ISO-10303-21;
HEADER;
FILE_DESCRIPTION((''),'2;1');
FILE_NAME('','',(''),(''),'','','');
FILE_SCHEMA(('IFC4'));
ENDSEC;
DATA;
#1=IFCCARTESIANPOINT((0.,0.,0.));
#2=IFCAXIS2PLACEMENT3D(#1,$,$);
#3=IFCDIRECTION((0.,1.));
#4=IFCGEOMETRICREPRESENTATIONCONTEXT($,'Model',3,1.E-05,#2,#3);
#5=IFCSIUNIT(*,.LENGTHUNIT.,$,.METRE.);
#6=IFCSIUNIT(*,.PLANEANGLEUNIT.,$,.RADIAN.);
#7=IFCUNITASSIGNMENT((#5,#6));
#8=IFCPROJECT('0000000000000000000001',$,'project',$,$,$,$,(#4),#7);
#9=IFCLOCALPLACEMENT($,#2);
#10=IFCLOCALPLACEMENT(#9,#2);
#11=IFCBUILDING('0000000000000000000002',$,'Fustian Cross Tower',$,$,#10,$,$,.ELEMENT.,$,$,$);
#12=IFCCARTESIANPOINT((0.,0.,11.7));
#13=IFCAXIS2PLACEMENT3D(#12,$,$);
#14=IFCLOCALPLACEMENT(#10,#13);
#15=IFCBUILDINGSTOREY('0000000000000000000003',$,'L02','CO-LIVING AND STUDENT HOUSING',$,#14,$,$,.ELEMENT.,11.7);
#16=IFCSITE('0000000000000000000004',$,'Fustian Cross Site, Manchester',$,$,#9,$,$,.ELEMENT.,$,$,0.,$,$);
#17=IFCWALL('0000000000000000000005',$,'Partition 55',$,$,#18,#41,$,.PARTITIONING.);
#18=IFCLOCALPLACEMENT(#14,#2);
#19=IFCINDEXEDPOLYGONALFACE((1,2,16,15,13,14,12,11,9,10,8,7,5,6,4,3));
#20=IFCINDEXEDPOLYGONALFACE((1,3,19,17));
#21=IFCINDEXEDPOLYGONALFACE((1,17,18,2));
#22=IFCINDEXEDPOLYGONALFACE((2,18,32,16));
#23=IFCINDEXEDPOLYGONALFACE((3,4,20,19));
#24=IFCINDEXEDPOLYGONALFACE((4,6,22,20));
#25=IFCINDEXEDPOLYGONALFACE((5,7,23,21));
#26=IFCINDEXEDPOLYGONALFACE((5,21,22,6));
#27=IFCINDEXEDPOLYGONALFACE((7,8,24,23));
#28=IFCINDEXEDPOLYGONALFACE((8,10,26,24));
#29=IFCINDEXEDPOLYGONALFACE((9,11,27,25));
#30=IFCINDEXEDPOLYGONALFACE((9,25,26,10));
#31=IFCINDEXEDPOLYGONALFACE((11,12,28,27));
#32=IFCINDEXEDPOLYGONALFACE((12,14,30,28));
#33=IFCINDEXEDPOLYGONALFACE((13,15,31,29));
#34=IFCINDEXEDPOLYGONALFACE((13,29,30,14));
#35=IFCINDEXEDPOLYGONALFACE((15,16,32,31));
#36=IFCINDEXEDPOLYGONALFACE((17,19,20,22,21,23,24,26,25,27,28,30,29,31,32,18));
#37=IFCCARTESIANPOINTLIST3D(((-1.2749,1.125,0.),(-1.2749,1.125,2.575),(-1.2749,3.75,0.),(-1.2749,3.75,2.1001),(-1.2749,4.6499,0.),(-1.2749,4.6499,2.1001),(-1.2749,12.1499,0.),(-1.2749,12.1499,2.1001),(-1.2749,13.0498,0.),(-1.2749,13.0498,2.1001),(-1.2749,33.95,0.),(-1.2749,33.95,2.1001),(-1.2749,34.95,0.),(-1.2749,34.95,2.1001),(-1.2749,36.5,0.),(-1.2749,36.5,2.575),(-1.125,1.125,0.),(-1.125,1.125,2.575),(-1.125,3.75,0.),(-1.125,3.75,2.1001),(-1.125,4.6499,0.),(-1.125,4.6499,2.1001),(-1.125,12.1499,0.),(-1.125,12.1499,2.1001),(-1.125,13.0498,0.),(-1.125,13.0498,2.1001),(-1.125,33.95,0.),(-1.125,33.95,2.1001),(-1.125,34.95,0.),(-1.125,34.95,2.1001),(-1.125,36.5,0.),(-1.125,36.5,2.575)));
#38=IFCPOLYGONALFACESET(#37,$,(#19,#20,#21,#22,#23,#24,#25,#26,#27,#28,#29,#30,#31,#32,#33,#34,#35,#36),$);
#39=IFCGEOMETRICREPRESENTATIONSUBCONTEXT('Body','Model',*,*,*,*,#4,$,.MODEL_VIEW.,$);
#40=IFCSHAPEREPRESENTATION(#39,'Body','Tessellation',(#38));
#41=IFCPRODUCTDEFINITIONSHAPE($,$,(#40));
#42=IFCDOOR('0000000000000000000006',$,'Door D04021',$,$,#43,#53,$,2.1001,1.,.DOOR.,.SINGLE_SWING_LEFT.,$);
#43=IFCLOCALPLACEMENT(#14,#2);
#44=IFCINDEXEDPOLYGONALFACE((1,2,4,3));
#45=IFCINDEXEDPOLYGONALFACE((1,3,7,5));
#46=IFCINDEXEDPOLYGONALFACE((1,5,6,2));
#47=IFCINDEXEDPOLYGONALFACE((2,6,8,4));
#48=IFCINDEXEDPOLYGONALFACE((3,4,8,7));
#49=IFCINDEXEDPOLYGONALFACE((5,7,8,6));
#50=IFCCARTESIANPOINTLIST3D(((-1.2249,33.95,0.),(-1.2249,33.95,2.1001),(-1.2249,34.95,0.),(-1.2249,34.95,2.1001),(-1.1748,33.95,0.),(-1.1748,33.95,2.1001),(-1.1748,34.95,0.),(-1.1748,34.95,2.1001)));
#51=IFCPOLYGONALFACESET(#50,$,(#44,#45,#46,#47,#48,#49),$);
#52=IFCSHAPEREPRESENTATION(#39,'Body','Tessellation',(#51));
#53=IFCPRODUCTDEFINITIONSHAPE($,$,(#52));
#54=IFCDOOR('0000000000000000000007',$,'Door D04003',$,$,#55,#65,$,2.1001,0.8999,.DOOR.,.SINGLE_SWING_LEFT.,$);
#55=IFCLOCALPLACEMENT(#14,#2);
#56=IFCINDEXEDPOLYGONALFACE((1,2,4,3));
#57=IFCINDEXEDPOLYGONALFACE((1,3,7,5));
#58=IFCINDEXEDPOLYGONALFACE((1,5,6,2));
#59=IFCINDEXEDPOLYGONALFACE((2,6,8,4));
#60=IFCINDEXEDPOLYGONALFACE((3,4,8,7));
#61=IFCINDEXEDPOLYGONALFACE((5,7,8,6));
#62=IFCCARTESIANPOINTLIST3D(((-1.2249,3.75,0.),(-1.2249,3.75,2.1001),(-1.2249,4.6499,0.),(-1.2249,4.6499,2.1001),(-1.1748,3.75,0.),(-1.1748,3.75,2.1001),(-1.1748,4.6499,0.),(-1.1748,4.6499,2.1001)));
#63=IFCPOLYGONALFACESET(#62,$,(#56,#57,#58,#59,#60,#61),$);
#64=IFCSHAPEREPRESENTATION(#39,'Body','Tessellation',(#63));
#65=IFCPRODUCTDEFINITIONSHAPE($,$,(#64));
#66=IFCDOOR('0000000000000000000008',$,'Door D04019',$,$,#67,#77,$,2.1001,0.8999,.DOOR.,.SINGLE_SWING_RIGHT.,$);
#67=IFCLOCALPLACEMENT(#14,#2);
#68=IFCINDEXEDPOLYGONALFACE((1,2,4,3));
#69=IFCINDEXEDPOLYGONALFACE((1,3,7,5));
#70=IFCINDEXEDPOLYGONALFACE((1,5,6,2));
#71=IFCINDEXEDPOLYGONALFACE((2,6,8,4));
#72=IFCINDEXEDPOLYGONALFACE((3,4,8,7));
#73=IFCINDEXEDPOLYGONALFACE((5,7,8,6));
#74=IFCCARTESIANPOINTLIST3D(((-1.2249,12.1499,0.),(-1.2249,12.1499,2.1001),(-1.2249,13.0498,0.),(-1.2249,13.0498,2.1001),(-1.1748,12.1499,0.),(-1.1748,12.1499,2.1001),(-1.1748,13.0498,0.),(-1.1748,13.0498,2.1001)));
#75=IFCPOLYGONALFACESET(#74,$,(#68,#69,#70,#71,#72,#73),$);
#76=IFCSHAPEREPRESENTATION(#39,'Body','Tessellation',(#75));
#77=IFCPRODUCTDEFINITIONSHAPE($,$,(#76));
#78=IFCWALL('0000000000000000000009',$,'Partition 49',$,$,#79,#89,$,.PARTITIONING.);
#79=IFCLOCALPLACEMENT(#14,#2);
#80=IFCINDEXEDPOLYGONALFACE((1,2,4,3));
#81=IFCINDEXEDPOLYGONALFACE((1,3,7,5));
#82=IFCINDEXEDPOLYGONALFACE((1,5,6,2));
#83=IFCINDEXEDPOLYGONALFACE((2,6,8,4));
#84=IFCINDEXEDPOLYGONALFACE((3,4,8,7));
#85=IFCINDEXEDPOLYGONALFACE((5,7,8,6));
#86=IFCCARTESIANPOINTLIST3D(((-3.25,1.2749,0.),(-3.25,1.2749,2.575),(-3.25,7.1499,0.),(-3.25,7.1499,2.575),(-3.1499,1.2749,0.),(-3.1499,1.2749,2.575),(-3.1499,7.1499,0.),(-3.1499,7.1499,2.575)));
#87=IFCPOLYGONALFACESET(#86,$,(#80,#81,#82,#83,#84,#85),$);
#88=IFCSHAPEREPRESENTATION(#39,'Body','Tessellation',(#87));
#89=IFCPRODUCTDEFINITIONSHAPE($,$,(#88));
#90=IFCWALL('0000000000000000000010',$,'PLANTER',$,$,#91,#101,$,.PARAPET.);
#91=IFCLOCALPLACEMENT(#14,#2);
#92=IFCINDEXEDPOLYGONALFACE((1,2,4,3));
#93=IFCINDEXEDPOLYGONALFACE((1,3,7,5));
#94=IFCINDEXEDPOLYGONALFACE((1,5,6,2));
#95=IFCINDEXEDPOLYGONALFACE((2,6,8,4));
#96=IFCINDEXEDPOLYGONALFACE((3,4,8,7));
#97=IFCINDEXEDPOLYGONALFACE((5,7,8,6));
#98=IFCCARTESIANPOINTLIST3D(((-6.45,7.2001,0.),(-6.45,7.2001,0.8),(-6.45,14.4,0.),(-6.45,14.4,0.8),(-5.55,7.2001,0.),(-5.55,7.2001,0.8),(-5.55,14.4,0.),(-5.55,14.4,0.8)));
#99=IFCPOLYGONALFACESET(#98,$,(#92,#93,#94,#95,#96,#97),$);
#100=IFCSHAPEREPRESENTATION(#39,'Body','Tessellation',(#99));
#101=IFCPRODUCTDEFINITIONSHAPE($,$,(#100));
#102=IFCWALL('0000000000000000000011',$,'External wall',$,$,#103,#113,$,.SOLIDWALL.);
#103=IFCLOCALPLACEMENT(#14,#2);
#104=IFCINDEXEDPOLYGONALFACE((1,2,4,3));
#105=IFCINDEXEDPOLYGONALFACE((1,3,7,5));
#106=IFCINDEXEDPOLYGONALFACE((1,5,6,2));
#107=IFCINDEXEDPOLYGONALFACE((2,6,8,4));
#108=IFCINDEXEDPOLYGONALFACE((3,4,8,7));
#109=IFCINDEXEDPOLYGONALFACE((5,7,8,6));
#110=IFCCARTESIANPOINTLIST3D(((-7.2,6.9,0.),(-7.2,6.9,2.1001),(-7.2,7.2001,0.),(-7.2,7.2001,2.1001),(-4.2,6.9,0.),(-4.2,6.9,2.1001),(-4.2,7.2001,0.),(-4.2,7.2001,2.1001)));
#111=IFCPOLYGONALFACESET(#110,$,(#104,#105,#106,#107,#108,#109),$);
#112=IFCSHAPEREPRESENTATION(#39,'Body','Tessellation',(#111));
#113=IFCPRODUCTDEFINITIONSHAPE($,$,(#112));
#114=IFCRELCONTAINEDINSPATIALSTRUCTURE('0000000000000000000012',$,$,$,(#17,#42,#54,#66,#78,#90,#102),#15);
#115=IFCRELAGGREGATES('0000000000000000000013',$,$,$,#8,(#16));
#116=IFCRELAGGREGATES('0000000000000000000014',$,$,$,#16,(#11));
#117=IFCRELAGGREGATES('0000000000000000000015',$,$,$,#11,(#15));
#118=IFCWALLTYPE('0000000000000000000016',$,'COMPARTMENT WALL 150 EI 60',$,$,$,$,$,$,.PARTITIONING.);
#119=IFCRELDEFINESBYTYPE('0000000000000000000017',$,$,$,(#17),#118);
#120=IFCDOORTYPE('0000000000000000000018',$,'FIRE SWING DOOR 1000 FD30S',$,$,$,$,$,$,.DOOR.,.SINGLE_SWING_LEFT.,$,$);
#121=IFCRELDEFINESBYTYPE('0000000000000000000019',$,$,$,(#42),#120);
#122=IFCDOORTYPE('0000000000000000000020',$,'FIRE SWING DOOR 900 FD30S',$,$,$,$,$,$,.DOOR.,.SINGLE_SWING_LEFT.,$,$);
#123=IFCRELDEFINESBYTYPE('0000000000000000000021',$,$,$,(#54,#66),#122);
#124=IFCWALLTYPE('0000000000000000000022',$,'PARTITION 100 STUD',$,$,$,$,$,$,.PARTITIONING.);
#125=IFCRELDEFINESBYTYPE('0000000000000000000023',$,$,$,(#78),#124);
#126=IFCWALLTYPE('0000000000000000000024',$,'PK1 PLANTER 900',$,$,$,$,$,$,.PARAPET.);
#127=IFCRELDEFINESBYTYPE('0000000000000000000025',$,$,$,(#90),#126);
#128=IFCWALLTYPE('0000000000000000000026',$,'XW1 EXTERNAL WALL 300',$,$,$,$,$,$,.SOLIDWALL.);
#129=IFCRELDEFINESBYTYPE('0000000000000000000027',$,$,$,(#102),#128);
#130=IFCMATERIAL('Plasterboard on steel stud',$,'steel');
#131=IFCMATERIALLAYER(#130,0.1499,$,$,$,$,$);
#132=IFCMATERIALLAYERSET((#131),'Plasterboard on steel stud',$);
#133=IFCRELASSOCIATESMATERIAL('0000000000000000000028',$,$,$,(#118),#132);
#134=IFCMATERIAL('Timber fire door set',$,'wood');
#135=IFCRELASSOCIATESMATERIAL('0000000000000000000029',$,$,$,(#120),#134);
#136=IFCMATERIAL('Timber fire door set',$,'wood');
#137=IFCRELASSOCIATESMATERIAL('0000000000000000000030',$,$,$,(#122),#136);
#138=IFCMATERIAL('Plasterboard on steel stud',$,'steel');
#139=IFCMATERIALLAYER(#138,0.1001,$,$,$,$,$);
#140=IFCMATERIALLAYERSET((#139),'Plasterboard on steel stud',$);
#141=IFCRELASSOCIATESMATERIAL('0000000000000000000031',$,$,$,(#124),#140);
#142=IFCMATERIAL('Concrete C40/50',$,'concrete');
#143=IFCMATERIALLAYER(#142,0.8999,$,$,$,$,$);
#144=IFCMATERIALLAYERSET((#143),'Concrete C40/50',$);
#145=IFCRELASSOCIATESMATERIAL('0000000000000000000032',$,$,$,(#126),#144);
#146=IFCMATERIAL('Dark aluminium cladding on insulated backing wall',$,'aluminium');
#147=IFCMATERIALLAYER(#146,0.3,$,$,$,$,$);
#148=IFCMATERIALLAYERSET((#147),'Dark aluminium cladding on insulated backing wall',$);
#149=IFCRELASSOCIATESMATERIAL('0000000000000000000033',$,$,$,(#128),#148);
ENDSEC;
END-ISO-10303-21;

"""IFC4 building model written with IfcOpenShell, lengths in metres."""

from ifc_helpers import new_model, si_unit, direction, frame, frame_2d, origin, place, context, subcontext, project, spatial, rectangle, extrude, material, layer, layer_set, type_object, element, fill, save


model = new_model("IFC4")

# Units and contexts
model_context = context("Model", 3, precision=1e-05, world=origin(), true_north=direction((0.0, 1.0)))
body_context = subcontext(model_context, "Body", "Model", "MODEL_VIEW")
ifc_project = project(units=[si_unit("LENGTHUNIT", "METRE"), si_unit("PLANEANGLEUNIT", "RADIAN")], contexts=[model_context])

# Site, building, storey
site_placement = place(None, origin())
site = spatial("IfcSite", under=ifc_project, at=site_placement, Name="Fustian Cross Site, Manchester", CompositionType="ELEMENT", RefElevation=0.0)
building_placement = place(site_placement, origin())
building = spatial("IfcBuilding", under=site, at=building_placement, Name="Fustian Cross Tower", CompositionType="ELEMENT")
storey_placement = place(building_placement, frame((0.0, 0.0, 11.7)))
storey = spatial("IfcBuildingStorey", under=building, at=storey_placement, Name="L02", Description="CO-LIVING AND STUDENT HOUSING", CompositionType="ELEMENT", Elevation=11.7)

# Wall, openings, doors
ifc_material_1 = material(Name="Plasterboard on steel stud", Category="steel")
ifc_layer_1 = layer(ifc_material_1, 0.1499)
ifc_layer_set_1 = layer_set([ifc_layer_1], Name="Plasterboard on steel stud")
wall_type_1 = type_object("IfcWallType", Name="COMPARTMENT WALL 150 EI 60", PredefinedType="PARTITIONING", material=ifc_layer_set_1)
wall_1_placement = place(storey_placement, frame((-1.2, 1.125, 0.0), z_axis=(0.0, 0.0, 1.0), x_axis=(0.0, 1.0, 0.0)))
wall_1 = element("IfcWall", 1, at=wall_1_placement, inside=storey, type_object=wall_type_1, Name="Partition 55", PredefinedType="PARTITIONING", context=body_context, shape_type="SweptSolid", body=[
    extrude(rectangle(XDim=35.375, YDim=0.1499, at=frame_2d((17.6875, 0.0))), origin(), (0.0, 0.0, 1.0), 2.575),
])
opening_1_placement = place(wall_1_placement, frame((2.625, 0.0, 0.0)))
opening_1 = element("IfcOpeningElement", 2, at=opening_1_placement, cuts=wall_1, PredefinedType="OPENING", context=body_context, shape_type="SweptSolid", body=[
    extrude(rectangle(XDim=0.8999, YDim=2.1001, at=frame_2d((0.45, 1.05))), frame((0.0, 0.085, 0.0), z_axis=(0.0, -1.0, 0.0), x_axis=(1.0, 0.0, 0.0)), (0.0, 0.0, 1.0), 0.1699),
])
opening_2_placement = place(wall_1_placement, frame((11.0249, 0.0, 0.0)))
opening_2 = element("IfcOpeningElement", 3, at=opening_2_placement, cuts=wall_1, PredefinedType="OPENING", context=body_context, shape_type="SweptSolid", body=[
    extrude(rectangle(XDim=0.8999, YDim=2.1001, at=frame_2d((0.45, 1.05))), frame((0.0, 0.085, 0.0), z_axis=(0.0, -1.0, 0.0), x_axis=(1.0, 0.0, 0.0)), (0.0, 0.0, 1.0), 0.1699),
])
opening_3_placement = place(wall_1_placement, frame((32.825, 0.0, 0.0)))
opening_3 = element("IfcOpeningElement", 4, at=opening_3_placement, cuts=wall_1, PredefinedType="OPENING", context=body_context, shape_type="SweptSolid", body=[
    extrude(rectangle(XDim=1.0, YDim=2.1001, at=frame_2d((0.5, 1.05))), frame((0.0, 0.085, 0.0), z_axis=(0.0, -1.0, 0.0), x_axis=(1.0, 0.0, 0.0)), (0.0, 0.0, 1.0), 0.1699),
])
ifc_material_2 = material(Name="Timber fire door set", Category="wood")
door_type_1 = type_object("IfcDoorType", Name="FIRE SWING DOOR 1000 FD30S", OperationType="SINGLE_SWING_LEFT", PredefinedType="DOOR", material=ifc_material_2)
door_1_placement = place(opening_3_placement, origin())
door_1 = element("IfcDoor", 5, at=door_1_placement, inside=storey, type_object=door_type_1, Name="Door D04021", OperationType="SINGLE_SWING_LEFT", OverallHeight=2.1001, OverallWidth=1.0, PredefinedType="DOOR", context=body_context, shape_type="SweptSolid", body=[
    extrude(rectangle(XDim=1.0, YDim=2.1001, at=frame_2d((0.5, 1.05))), frame((0.0, 0.0249, 0.0), z_axis=(0.0, -1.0, 0.0), x_axis=(1.0, 0.0, 0.0)), (0.0, 0.0, 1.0), 0.05),
])
fill(opening_3, door_1)
ifc_material_3 = material(Name="Timber fire door set", Category="wood")
door_type_2 = type_object("IfcDoorType", Name="FIRE SWING DOOR 900 FD30S", OperationType="SINGLE_SWING_LEFT", PredefinedType="DOOR", material=ifc_material_3)
door_2_placement = place(opening_1_placement, origin())
door_2 = element("IfcDoor", 6, at=door_2_placement, inside=storey, type_object=door_type_2, Name="Door D04003", OperationType="SINGLE_SWING_LEFT", OverallHeight=2.1001, OverallWidth=0.8999, PredefinedType="DOOR", context=body_context, shape_type="SweptSolid", body=[
    extrude(rectangle(XDim=0.8999, YDim=2.1001, at=frame_2d((0.45, 1.05))), frame((0.0, 0.0249, 0.0), z_axis=(0.0, -1.0, 0.0), x_axis=(1.0, 0.0, 0.0)), (0.0, 0.0, 1.0), 0.05),
])
fill(opening_1, door_2)
door_3_placement = place(opening_2_placement, origin())
door_3 = element("IfcDoor", 7, at=door_3_placement, inside=storey, type_object=door_type_2, Name="Door D04019", OperationType="SINGLE_SWING_RIGHT", OverallHeight=2.1001, OverallWidth=0.8999, PredefinedType="DOOR", context=body_context, shape_type="SweptSolid", body=[
    extrude(rectangle(XDim=0.8999, YDim=2.1001, at=frame_2d((0.45, 1.05))), frame((0.0, 0.0249, 0.0), z_axis=(0.0, -1.0, 0.0), x_axis=(1.0, 0.0, 0.0)), (0.0, 0.0, 1.0), 0.05),
])
fill(opening_2, door_3)

# Walls
ifc_material_4 = material(Name="Plasterboard on steel stud", Category="steel")
ifc_layer_2 = layer(ifc_material_4, 0.1001)
ifc_layer_set_2 = layer_set([ifc_layer_2], Name="Plasterboard on steel stud")
wall_type_2 = type_object("IfcWallType", Name="PARTITION 100 STUD", PredefinedType="PARTITIONING", material=ifc_layer_set_2)
wall_2_placement = place(storey_placement, frame((-3.2, 1.2749, 0.0), z_axis=(0.0, 0.0, 1.0), x_axis=(0.0, 1.0, 0.0)))
element("IfcWall", 8, at=wall_2_placement, inside=storey, type_object=wall_type_2, Name="Partition 49", PredefinedType="PARTITIONING", context=body_context, shape_type="SweptSolid", body=[
    extrude(rectangle(XDim=5.875, YDim=0.1001, at=frame_2d((2.9375, 0.0))), origin(), (0.0, 0.0, 1.0), 2.575),
])
ifc_material_5 = material(Name="Concrete C40/50", Category="concrete")
ifc_layer_3 = layer(ifc_material_5, 0.8999)
ifc_layer_set_3 = layer_set([ifc_layer_3], Name="Concrete C40/50")
wall_type_3 = type_object("IfcWallType", Name="PK1 PLANTER 900", PredefinedType="PARAPET", material=ifc_layer_set_3)
wall_3_placement = place(storey_placement, frame((-6.0, 7.2, 0.0), z_axis=(0.0, 0.0, 1.0), x_axis=(0.0, 1.0, 0.0)))
element("IfcWall", 9, at=wall_3_placement, inside=storey, type_object=wall_type_3, Name="PLANTER", PredefinedType="PARAPET", context=body_context, shape_type="SweptSolid", body=[
    extrude(rectangle(XDim=7.2, YDim=0.8999, at=frame_2d((3.6001, 0.0))), origin(), (0.0, 0.0, 1.0), 0.8),
])
ifc_material_6 = material(Name="Dark aluminium cladding on insulated backing wall", Category="aluminium")
ifc_layer_4 = layer(ifc_material_6, 0.3)
ifc_layer_set_4 = layer_set([ifc_layer_4], Name="Dark aluminium cladding on insulated backing wall")
wall_type_4 = type_object("IfcWallType", Name="XW1 EXTERNAL WALL 300", PredefinedType="SOLIDWALL", material=ifc_layer_set_4)
wall_4_placement = place(storey_placement, frame((-4.2, 7.05, 0.0), z_axis=(0.0, 0.0, 1.0), x_axis=(-1.0, 0.0, 0.0)))
element("IfcWall", 10, at=wall_4_placement, inside=storey, type_object=wall_type_4, Name="External wall", PredefinedType="SOLIDWALL", context=body_context, shape_type="SweptSolid", body=[
    extrude(rectangle(XDim=3.0, YDim=0.3, at=frame_2d((1.5, 0.0))), origin(), (0.0, 0.0, 1.0), 2.1001),
])

save(model, "model.ifc")
